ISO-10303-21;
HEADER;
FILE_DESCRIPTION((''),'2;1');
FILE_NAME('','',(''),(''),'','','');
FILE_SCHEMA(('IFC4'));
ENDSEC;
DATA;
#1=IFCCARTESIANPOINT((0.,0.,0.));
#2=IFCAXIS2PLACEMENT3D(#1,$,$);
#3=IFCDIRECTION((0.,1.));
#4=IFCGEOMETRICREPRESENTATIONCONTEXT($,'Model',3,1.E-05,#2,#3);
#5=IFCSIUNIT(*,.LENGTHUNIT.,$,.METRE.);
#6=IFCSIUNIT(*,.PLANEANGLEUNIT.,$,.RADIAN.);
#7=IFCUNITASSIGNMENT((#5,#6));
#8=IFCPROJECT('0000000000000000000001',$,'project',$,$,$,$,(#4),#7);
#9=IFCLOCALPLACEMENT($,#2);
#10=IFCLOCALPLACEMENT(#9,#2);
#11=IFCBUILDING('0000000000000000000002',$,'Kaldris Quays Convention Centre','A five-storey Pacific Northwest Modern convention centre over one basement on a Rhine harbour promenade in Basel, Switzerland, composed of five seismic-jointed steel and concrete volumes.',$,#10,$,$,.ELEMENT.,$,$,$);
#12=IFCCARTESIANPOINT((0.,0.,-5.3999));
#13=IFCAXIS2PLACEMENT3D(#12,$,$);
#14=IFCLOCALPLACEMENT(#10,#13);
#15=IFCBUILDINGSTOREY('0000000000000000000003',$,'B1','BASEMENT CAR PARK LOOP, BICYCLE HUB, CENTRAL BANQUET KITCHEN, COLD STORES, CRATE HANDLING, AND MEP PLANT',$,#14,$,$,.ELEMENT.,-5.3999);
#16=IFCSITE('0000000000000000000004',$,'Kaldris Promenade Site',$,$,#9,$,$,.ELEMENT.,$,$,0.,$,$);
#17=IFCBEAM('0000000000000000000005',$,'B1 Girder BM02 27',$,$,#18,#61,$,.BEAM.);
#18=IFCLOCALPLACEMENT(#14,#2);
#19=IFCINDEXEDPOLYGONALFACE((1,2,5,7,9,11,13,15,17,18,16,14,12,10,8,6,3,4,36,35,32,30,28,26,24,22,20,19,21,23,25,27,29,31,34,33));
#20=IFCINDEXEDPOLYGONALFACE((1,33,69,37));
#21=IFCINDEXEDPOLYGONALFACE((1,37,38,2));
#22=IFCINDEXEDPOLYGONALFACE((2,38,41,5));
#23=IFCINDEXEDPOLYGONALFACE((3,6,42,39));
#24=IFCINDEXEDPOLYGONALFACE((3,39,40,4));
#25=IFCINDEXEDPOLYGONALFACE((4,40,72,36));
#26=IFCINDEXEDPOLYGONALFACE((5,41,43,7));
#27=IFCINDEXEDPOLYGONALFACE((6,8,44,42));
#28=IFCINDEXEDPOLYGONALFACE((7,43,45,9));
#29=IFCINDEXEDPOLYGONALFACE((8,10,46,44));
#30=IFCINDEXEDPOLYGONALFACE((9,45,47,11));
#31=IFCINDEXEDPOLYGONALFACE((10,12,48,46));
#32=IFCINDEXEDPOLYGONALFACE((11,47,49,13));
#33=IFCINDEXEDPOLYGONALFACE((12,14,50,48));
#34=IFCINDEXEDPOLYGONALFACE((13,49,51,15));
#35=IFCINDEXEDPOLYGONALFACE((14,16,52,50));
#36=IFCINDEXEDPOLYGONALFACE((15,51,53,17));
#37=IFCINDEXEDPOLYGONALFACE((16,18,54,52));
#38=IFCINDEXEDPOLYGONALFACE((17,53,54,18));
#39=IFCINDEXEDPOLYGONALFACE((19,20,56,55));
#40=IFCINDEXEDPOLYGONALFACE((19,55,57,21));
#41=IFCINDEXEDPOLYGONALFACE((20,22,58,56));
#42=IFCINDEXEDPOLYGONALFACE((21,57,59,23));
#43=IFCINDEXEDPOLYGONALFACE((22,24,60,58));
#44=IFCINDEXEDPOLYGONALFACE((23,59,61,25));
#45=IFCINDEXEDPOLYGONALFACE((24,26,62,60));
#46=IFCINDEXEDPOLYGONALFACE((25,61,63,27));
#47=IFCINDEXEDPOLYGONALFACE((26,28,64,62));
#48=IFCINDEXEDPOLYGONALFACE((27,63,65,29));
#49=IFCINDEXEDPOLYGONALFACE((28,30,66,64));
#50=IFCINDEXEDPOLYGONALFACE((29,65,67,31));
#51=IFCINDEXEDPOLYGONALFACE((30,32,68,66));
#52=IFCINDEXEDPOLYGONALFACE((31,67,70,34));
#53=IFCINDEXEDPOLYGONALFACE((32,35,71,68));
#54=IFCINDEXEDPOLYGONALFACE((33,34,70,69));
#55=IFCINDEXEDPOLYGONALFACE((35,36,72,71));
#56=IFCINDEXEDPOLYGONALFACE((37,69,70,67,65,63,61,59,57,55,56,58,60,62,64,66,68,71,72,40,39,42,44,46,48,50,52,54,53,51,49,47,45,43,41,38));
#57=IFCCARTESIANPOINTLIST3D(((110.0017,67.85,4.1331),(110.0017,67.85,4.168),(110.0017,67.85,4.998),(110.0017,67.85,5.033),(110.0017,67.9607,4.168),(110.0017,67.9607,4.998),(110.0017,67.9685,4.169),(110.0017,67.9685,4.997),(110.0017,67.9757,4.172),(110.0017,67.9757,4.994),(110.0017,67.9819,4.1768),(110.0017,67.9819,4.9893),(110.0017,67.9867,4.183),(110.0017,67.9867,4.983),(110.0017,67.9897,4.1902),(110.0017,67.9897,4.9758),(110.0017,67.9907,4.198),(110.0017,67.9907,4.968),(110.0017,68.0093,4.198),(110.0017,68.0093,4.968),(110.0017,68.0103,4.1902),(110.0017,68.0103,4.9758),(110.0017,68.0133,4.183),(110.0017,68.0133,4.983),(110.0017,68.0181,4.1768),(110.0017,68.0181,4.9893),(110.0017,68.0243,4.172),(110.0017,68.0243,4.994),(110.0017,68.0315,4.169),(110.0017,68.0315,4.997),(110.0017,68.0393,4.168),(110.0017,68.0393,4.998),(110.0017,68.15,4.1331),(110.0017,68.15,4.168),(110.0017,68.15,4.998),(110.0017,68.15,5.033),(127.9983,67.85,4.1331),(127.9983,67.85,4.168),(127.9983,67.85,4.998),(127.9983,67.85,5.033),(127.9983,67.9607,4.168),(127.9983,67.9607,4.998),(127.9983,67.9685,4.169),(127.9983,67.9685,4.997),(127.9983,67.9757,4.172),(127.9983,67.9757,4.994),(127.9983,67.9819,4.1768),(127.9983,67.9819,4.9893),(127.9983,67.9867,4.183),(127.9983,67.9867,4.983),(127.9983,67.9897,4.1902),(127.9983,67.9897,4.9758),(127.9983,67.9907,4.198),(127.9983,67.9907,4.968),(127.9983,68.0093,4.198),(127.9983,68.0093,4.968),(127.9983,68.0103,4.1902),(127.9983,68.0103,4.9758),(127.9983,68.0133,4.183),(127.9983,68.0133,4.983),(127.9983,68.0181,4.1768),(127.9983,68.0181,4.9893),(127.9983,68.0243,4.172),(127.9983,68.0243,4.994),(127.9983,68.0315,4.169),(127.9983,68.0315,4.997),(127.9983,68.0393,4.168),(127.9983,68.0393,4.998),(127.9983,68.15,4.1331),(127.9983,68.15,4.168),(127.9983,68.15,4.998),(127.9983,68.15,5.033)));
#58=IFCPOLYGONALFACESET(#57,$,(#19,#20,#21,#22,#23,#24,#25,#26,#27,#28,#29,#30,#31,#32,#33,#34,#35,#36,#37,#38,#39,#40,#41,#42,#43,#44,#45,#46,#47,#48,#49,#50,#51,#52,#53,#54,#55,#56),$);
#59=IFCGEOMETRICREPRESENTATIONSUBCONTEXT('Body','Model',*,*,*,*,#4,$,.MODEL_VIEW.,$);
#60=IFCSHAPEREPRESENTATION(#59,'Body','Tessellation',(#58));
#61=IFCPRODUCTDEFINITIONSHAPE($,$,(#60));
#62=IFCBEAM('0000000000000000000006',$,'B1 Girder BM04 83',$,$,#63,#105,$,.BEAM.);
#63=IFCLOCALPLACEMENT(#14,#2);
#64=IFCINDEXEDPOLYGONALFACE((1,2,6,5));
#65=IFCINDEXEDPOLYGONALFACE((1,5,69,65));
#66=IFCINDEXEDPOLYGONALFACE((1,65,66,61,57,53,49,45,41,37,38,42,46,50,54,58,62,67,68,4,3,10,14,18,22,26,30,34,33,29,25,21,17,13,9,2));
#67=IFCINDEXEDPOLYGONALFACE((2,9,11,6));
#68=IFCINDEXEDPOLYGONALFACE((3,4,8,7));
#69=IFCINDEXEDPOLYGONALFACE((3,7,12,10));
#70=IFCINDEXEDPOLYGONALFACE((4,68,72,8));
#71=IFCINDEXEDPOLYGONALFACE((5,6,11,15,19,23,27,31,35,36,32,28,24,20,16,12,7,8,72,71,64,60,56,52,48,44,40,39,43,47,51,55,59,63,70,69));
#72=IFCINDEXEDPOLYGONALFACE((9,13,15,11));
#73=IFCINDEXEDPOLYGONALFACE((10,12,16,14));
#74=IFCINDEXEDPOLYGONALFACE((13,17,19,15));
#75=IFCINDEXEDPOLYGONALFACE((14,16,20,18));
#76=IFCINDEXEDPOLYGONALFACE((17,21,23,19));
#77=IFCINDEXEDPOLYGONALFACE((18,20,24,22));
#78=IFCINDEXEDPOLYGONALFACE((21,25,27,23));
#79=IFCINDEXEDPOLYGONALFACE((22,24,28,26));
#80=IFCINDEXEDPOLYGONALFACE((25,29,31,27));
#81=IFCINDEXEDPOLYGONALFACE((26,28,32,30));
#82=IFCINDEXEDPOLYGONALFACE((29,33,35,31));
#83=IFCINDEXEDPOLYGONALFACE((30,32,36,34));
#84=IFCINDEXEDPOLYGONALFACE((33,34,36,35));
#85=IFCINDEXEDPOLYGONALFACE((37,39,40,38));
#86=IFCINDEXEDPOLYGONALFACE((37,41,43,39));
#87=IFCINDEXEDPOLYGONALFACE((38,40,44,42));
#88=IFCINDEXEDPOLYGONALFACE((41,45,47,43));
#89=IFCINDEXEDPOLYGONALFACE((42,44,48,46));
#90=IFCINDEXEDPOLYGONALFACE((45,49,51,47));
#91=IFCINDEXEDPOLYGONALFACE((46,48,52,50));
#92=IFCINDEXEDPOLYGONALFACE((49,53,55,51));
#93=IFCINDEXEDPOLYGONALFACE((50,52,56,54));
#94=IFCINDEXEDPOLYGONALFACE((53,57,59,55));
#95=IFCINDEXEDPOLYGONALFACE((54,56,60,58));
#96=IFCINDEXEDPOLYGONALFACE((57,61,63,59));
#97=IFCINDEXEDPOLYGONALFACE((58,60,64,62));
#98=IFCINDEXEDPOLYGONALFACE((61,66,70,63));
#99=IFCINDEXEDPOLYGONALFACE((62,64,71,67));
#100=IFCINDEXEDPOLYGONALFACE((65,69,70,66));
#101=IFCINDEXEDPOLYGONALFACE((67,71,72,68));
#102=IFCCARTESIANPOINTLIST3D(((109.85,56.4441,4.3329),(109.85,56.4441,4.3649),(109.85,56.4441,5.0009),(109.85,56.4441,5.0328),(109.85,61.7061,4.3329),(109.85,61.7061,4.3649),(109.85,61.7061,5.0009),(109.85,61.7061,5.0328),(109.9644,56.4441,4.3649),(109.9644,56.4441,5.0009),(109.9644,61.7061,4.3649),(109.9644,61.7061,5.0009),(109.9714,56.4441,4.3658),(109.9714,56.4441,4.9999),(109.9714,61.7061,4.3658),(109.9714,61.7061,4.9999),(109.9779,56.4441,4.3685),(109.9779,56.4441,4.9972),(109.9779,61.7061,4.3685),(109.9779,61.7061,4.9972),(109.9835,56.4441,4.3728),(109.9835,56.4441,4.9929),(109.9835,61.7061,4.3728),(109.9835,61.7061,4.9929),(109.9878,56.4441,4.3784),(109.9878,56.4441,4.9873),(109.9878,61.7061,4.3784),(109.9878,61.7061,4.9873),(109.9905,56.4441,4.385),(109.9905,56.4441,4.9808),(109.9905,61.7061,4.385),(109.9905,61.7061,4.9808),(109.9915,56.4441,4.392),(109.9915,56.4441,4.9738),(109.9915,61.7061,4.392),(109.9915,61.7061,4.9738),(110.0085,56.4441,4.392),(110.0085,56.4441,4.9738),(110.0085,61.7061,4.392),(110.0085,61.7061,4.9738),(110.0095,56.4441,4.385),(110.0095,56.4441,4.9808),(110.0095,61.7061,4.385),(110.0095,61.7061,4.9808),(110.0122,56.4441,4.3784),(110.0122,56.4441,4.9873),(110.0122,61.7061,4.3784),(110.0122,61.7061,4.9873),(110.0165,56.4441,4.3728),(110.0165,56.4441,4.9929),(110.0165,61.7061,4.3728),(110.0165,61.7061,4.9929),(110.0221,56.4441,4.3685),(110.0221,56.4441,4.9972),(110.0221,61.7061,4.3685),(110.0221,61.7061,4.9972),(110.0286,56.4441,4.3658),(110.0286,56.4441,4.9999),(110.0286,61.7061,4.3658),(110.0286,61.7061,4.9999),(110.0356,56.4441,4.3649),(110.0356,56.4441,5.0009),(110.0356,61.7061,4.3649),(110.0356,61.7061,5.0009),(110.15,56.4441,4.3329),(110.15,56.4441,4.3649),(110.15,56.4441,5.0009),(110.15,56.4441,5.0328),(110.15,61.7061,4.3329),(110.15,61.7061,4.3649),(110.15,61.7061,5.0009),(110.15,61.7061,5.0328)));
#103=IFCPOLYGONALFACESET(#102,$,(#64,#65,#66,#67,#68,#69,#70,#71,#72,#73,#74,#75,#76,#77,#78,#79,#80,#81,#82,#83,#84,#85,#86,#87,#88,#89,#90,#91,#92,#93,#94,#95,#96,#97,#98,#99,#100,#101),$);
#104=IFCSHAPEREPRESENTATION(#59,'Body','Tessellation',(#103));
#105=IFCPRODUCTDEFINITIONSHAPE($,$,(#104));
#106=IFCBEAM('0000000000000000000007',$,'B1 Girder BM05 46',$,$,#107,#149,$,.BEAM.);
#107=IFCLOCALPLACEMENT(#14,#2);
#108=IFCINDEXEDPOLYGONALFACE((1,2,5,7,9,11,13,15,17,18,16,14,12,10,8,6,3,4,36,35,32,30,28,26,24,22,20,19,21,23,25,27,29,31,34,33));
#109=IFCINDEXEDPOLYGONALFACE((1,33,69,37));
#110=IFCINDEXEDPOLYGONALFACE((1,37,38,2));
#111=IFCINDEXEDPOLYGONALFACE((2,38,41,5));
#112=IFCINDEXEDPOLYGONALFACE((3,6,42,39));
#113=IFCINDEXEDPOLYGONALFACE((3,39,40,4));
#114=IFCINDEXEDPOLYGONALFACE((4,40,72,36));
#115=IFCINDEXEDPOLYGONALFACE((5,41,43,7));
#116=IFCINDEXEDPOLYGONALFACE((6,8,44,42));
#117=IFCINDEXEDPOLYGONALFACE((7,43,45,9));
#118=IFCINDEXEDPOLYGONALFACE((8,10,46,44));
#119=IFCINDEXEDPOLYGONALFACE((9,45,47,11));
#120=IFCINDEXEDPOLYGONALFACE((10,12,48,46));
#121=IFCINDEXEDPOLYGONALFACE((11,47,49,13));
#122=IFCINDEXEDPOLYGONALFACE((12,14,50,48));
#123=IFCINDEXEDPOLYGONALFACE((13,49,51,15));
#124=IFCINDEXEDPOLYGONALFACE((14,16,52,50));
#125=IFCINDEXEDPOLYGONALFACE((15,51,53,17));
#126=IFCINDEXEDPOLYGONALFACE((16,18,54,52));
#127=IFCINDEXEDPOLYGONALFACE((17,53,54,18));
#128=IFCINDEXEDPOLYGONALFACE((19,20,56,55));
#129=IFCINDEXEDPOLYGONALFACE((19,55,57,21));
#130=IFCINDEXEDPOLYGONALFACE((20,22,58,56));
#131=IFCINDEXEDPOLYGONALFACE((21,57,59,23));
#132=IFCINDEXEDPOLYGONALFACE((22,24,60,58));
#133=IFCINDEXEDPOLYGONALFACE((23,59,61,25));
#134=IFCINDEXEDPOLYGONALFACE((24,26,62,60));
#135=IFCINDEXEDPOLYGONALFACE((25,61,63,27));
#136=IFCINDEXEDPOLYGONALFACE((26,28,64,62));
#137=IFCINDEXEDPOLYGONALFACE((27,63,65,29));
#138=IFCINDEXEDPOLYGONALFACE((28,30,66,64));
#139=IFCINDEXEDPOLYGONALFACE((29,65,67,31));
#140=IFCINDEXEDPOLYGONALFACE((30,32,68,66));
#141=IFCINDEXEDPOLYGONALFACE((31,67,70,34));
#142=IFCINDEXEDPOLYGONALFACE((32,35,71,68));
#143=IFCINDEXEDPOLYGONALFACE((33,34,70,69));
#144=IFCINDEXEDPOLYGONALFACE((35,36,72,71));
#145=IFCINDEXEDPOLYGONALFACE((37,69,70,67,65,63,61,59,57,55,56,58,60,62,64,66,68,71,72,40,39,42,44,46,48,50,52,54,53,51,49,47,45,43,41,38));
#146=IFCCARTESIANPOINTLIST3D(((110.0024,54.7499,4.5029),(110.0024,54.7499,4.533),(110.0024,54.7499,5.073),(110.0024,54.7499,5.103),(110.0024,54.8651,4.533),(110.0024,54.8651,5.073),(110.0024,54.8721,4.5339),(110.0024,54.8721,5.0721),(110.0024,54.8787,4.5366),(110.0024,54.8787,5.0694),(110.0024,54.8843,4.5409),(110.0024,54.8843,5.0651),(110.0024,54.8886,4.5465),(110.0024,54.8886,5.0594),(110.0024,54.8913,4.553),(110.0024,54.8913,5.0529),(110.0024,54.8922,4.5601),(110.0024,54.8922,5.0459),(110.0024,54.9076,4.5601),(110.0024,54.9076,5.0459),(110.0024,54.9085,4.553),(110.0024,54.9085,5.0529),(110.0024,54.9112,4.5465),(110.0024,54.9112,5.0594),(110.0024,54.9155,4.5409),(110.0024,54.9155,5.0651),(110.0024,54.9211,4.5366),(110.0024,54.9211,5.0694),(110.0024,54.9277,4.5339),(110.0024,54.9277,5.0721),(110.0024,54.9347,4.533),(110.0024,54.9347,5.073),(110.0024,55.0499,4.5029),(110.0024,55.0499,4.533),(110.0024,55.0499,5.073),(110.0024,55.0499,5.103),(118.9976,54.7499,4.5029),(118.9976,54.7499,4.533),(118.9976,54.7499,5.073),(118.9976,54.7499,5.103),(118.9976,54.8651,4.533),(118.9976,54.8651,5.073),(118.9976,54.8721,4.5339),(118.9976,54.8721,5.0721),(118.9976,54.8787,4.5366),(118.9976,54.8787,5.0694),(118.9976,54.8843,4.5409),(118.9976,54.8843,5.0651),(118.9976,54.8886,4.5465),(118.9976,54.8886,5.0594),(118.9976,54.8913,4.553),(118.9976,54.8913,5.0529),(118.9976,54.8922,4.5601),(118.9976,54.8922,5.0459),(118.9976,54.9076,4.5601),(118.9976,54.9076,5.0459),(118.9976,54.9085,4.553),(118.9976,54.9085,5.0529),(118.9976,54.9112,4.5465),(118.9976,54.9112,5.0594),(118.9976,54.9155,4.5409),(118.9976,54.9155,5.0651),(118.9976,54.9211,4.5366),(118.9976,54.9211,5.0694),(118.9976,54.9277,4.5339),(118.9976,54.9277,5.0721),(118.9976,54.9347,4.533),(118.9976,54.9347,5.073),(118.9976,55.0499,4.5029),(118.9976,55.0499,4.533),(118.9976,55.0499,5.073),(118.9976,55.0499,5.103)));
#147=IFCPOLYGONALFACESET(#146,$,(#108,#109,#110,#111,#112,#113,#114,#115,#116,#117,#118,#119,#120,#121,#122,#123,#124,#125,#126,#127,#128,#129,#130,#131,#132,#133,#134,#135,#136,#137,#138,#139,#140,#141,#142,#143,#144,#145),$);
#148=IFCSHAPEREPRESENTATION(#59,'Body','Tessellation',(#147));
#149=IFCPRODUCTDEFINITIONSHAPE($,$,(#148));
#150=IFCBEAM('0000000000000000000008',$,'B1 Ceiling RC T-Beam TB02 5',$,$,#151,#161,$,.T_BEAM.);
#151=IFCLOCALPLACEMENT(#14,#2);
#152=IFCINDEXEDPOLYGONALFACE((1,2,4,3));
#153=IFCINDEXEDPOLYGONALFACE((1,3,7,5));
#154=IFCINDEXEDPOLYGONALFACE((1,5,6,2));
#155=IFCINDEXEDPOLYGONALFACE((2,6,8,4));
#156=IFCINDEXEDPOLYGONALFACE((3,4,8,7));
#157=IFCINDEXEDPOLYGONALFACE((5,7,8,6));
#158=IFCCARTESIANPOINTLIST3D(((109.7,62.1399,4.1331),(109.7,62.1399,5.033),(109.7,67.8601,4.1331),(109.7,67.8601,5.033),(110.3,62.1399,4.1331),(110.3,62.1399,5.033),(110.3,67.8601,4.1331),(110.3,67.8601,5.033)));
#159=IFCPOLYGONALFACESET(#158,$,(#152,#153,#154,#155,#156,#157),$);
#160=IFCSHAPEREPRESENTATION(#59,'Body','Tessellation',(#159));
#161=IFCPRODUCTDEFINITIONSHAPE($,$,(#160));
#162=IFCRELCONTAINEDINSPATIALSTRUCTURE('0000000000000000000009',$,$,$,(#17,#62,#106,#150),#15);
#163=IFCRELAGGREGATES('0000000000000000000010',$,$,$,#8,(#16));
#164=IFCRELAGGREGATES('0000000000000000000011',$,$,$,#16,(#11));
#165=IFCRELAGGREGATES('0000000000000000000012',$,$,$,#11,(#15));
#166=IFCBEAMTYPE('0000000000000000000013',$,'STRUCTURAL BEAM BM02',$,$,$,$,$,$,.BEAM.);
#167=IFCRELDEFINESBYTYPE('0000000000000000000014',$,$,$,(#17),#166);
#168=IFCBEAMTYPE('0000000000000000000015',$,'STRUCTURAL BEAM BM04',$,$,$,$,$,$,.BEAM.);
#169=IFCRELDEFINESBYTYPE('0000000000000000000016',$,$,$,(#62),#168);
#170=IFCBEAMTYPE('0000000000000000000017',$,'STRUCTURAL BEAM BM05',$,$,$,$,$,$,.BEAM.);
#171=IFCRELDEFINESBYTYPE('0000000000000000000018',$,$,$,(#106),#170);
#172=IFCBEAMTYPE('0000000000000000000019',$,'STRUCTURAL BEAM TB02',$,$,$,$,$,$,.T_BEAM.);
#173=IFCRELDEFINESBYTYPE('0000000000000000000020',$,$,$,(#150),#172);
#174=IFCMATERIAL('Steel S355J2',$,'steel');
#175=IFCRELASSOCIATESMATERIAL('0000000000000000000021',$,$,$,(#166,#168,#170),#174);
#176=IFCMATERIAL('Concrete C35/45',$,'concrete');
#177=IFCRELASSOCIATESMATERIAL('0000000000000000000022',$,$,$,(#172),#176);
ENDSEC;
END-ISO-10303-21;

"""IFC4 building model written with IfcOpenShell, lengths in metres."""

from ifc_helpers import new_model, si_unit, direction, frame, origin, origin_2d, place, context, subcontext, project, spatial, rectangle, i_section, extrude, material, material_profile, profile_set, type_object, element, save


model = new_model("IFC4")

# Units and contexts
model_context = context("Model", 3, precision=1e-05, world=origin(), true_north=direction((0.0, 1.0)))
body_context = subcontext(model_context, "Body", "Model", "MODEL_VIEW")
ifc_project = project(units=[si_unit("LENGTHUNIT", "METRE"), si_unit("PLANEANGLEUNIT", "RADIAN")], contexts=[model_context])

# Site, building, storey
site_placement = place(None, origin())
site = spatial("IfcSite", under=ifc_project, at=site_placement, Name="Kaldris Promenade Site", CompositionType="ELEMENT", RefElevation=0.0)
building_placement = place(site_placement, origin())
building = spatial("IfcBuilding", under=site, at=building_placement, Name="Kaldris Quays Convention Centre", Description="A five-storey Pacific Northwest Modern convention centre over one basement on a Rhine harbour promenade in Basel, Switzerland, composed of five seismic-jointed steel and concrete volumes.", CompositionType="ELEMENT")
storey_placement = place(building_placement, frame((0.0, 0.0, -5.3999)))
storey = spatial("IfcBuildingStorey", under=building, at=storey_placement, Name="B1", Description="BASEMENT CAR PARK LOOP, BICYCLE HUB, CENTRAL BANQUET KITCHEN, COLD STORES, CRATE HANDLING, AND MEP PLANT", CompositionType="ELEMENT", Elevation=-5.3999)

# Shared definitions
ifc_material_1 = material(Name="Concrete C35/45", Category="concrete")

# Shared definitions
ifc_material_2 = material(Name="Steel S355J2", Category="steel")

# Beams
ifc_material_profile_1 = material_profile(ifc_material_2, i_section(OverallWidth=0.3, OverallDepth=0.8999, WebThickness=0.0186, FlangeThickness=0.0349, FilletRadius=0.03, at=origin_2d()), Name="HEB 900")
ifc_profile_set_1 = profile_set([ifc_material_profile_1], Name="Steel S355J2")
beam_type_1 = type_object("IfcBeamType", Name="STRUCTURAL BEAM BM02", PredefinedType="BEAM", material=ifc_profile_set_1)
for number, where, z_axis, x_axis, name in (
    (1, (110.0017, 68.0, 4.583), (1.0, 0.0, 0.0), (0.0, 1.0, 0.0), "B1 Girder BM02 27"),
):
    element("IfcBeam", number, at=place(storey_placement, frame(where, z_axis=z_axis, x_axis=x_axis)), inside=storey, type_object=beam_type_1, Name=name, PredefinedType="BEAM", context=body_context, shape_type="SweptSolid", body=[
        extrude(i_section(OverallWidth=0.3, OverallDepth=0.8999, WebThickness=0.0186, FlangeThickness=0.0349, FilletRadius=0.03, at=origin_2d()), origin(), (0.0, 0.0, 1.0), 17.9966),
    ])
ifc_material_profile_2 = material_profile(ifc_material_2, i_section(OverallWidth=0.3, OverallDepth=0.7, WebThickness=0.0171, FlangeThickness=0.032, FilletRadius=0.0271, at=origin_2d()), Name="HEB 700")
ifc_profile_set_2 = profile_set([ifc_material_profile_2], Name="Steel S355J2")
beam_type_2 = type_object("IfcBeamType", Name="STRUCTURAL BEAM BM04", PredefinedType="BEAM", material=ifc_profile_set_2)
beam_1_placement = place(storey_placement, frame((110.0, 56.4441, 4.6829), z_axis=(0.0, 1.0, 0.0), x_axis=(-1.0, 0.0, 0.0)))
element("IfcBeam", 2, at=beam_1_placement, inside=storey, type_object=beam_type_2, Name="B1 Girder BM04 83", PredefinedType="BEAM", context=body_context, shape_type="SweptSolid", body=[
    extrude(i_section(OverallWidth=0.3, OverallDepth=0.7, WebThickness=0.0171, FlangeThickness=0.032, FilletRadius=0.0271, at=origin_2d()), origin(), (0.0, 0.0, 1.0), 5.262),
])
ifc_material_profile_3 = material_profile(ifc_material_2, i_section(OverallWidth=0.3, OverallDepth=0.6001, WebThickness=0.0154, FlangeThickness=0.03, FilletRadius=0.0271, at=origin_2d()), Name="HEB 600")
ifc_profile_set_3 = profile_set([ifc_material_profile_3], Name="Steel S355J2")
beam_type_3 = type_object("IfcBeamType", Name="STRUCTURAL BEAM BM05", PredefinedType="BEAM", material=ifc_profile_set_3)
beam_2_placement = place(storey_placement, frame((110.0024, 54.8999, 4.803), z_axis=(1.0, 0.0, 0.0), x_axis=(0.0, 1.0, 0.0)))
element("IfcBeam", 3, at=beam_2_placement, inside=storey, type_object=beam_type_3, Name="B1 Girder BM05 46", PredefinedType="BEAM", context=body_context, shape_type="SweptSolid", body=[
    extrude(i_section(OverallWidth=0.3, OverallDepth=0.6001, WebThickness=0.0154, FlangeThickness=0.03, FilletRadius=0.0271, at=origin_2d()), origin(), (0.0, 0.0, 1.0), 8.9951),
])
ifc_material_profile_4 = material_profile(ifc_material_1, rectangle(XDim=0.6001, YDim=0.8999, at=origin_2d()), Name="RC 600x900")
ifc_profile_set_4 = profile_set([ifc_material_profile_4], Name="Concrete C35/45")
beam_type_4 = type_object("IfcBeamType", Name="STRUCTURAL BEAM TB02", PredefinedType="T_BEAM", material=ifc_profile_set_4)
beam_3_placement = place(storey_placement, frame((110.0, 62.1399, 4.583), z_axis=(0.0, 1.0, 0.0), x_axis=(-1.0, 0.0, 0.0)))
element("IfcBeam", 4, at=beam_3_placement, inside=storey, type_object=beam_type_4, Name="B1 Ceiling RC T-Beam TB02 5", PredefinedType="T_BEAM", context=body_context, shape_type="SweptSolid", body=[
    extrude(rectangle(XDim=0.6001, YDim=0.8999, at=origin_2d()), origin(), (0.0, 0.0, 1.0), 5.7202),
])

save(model, "model.ifc")
